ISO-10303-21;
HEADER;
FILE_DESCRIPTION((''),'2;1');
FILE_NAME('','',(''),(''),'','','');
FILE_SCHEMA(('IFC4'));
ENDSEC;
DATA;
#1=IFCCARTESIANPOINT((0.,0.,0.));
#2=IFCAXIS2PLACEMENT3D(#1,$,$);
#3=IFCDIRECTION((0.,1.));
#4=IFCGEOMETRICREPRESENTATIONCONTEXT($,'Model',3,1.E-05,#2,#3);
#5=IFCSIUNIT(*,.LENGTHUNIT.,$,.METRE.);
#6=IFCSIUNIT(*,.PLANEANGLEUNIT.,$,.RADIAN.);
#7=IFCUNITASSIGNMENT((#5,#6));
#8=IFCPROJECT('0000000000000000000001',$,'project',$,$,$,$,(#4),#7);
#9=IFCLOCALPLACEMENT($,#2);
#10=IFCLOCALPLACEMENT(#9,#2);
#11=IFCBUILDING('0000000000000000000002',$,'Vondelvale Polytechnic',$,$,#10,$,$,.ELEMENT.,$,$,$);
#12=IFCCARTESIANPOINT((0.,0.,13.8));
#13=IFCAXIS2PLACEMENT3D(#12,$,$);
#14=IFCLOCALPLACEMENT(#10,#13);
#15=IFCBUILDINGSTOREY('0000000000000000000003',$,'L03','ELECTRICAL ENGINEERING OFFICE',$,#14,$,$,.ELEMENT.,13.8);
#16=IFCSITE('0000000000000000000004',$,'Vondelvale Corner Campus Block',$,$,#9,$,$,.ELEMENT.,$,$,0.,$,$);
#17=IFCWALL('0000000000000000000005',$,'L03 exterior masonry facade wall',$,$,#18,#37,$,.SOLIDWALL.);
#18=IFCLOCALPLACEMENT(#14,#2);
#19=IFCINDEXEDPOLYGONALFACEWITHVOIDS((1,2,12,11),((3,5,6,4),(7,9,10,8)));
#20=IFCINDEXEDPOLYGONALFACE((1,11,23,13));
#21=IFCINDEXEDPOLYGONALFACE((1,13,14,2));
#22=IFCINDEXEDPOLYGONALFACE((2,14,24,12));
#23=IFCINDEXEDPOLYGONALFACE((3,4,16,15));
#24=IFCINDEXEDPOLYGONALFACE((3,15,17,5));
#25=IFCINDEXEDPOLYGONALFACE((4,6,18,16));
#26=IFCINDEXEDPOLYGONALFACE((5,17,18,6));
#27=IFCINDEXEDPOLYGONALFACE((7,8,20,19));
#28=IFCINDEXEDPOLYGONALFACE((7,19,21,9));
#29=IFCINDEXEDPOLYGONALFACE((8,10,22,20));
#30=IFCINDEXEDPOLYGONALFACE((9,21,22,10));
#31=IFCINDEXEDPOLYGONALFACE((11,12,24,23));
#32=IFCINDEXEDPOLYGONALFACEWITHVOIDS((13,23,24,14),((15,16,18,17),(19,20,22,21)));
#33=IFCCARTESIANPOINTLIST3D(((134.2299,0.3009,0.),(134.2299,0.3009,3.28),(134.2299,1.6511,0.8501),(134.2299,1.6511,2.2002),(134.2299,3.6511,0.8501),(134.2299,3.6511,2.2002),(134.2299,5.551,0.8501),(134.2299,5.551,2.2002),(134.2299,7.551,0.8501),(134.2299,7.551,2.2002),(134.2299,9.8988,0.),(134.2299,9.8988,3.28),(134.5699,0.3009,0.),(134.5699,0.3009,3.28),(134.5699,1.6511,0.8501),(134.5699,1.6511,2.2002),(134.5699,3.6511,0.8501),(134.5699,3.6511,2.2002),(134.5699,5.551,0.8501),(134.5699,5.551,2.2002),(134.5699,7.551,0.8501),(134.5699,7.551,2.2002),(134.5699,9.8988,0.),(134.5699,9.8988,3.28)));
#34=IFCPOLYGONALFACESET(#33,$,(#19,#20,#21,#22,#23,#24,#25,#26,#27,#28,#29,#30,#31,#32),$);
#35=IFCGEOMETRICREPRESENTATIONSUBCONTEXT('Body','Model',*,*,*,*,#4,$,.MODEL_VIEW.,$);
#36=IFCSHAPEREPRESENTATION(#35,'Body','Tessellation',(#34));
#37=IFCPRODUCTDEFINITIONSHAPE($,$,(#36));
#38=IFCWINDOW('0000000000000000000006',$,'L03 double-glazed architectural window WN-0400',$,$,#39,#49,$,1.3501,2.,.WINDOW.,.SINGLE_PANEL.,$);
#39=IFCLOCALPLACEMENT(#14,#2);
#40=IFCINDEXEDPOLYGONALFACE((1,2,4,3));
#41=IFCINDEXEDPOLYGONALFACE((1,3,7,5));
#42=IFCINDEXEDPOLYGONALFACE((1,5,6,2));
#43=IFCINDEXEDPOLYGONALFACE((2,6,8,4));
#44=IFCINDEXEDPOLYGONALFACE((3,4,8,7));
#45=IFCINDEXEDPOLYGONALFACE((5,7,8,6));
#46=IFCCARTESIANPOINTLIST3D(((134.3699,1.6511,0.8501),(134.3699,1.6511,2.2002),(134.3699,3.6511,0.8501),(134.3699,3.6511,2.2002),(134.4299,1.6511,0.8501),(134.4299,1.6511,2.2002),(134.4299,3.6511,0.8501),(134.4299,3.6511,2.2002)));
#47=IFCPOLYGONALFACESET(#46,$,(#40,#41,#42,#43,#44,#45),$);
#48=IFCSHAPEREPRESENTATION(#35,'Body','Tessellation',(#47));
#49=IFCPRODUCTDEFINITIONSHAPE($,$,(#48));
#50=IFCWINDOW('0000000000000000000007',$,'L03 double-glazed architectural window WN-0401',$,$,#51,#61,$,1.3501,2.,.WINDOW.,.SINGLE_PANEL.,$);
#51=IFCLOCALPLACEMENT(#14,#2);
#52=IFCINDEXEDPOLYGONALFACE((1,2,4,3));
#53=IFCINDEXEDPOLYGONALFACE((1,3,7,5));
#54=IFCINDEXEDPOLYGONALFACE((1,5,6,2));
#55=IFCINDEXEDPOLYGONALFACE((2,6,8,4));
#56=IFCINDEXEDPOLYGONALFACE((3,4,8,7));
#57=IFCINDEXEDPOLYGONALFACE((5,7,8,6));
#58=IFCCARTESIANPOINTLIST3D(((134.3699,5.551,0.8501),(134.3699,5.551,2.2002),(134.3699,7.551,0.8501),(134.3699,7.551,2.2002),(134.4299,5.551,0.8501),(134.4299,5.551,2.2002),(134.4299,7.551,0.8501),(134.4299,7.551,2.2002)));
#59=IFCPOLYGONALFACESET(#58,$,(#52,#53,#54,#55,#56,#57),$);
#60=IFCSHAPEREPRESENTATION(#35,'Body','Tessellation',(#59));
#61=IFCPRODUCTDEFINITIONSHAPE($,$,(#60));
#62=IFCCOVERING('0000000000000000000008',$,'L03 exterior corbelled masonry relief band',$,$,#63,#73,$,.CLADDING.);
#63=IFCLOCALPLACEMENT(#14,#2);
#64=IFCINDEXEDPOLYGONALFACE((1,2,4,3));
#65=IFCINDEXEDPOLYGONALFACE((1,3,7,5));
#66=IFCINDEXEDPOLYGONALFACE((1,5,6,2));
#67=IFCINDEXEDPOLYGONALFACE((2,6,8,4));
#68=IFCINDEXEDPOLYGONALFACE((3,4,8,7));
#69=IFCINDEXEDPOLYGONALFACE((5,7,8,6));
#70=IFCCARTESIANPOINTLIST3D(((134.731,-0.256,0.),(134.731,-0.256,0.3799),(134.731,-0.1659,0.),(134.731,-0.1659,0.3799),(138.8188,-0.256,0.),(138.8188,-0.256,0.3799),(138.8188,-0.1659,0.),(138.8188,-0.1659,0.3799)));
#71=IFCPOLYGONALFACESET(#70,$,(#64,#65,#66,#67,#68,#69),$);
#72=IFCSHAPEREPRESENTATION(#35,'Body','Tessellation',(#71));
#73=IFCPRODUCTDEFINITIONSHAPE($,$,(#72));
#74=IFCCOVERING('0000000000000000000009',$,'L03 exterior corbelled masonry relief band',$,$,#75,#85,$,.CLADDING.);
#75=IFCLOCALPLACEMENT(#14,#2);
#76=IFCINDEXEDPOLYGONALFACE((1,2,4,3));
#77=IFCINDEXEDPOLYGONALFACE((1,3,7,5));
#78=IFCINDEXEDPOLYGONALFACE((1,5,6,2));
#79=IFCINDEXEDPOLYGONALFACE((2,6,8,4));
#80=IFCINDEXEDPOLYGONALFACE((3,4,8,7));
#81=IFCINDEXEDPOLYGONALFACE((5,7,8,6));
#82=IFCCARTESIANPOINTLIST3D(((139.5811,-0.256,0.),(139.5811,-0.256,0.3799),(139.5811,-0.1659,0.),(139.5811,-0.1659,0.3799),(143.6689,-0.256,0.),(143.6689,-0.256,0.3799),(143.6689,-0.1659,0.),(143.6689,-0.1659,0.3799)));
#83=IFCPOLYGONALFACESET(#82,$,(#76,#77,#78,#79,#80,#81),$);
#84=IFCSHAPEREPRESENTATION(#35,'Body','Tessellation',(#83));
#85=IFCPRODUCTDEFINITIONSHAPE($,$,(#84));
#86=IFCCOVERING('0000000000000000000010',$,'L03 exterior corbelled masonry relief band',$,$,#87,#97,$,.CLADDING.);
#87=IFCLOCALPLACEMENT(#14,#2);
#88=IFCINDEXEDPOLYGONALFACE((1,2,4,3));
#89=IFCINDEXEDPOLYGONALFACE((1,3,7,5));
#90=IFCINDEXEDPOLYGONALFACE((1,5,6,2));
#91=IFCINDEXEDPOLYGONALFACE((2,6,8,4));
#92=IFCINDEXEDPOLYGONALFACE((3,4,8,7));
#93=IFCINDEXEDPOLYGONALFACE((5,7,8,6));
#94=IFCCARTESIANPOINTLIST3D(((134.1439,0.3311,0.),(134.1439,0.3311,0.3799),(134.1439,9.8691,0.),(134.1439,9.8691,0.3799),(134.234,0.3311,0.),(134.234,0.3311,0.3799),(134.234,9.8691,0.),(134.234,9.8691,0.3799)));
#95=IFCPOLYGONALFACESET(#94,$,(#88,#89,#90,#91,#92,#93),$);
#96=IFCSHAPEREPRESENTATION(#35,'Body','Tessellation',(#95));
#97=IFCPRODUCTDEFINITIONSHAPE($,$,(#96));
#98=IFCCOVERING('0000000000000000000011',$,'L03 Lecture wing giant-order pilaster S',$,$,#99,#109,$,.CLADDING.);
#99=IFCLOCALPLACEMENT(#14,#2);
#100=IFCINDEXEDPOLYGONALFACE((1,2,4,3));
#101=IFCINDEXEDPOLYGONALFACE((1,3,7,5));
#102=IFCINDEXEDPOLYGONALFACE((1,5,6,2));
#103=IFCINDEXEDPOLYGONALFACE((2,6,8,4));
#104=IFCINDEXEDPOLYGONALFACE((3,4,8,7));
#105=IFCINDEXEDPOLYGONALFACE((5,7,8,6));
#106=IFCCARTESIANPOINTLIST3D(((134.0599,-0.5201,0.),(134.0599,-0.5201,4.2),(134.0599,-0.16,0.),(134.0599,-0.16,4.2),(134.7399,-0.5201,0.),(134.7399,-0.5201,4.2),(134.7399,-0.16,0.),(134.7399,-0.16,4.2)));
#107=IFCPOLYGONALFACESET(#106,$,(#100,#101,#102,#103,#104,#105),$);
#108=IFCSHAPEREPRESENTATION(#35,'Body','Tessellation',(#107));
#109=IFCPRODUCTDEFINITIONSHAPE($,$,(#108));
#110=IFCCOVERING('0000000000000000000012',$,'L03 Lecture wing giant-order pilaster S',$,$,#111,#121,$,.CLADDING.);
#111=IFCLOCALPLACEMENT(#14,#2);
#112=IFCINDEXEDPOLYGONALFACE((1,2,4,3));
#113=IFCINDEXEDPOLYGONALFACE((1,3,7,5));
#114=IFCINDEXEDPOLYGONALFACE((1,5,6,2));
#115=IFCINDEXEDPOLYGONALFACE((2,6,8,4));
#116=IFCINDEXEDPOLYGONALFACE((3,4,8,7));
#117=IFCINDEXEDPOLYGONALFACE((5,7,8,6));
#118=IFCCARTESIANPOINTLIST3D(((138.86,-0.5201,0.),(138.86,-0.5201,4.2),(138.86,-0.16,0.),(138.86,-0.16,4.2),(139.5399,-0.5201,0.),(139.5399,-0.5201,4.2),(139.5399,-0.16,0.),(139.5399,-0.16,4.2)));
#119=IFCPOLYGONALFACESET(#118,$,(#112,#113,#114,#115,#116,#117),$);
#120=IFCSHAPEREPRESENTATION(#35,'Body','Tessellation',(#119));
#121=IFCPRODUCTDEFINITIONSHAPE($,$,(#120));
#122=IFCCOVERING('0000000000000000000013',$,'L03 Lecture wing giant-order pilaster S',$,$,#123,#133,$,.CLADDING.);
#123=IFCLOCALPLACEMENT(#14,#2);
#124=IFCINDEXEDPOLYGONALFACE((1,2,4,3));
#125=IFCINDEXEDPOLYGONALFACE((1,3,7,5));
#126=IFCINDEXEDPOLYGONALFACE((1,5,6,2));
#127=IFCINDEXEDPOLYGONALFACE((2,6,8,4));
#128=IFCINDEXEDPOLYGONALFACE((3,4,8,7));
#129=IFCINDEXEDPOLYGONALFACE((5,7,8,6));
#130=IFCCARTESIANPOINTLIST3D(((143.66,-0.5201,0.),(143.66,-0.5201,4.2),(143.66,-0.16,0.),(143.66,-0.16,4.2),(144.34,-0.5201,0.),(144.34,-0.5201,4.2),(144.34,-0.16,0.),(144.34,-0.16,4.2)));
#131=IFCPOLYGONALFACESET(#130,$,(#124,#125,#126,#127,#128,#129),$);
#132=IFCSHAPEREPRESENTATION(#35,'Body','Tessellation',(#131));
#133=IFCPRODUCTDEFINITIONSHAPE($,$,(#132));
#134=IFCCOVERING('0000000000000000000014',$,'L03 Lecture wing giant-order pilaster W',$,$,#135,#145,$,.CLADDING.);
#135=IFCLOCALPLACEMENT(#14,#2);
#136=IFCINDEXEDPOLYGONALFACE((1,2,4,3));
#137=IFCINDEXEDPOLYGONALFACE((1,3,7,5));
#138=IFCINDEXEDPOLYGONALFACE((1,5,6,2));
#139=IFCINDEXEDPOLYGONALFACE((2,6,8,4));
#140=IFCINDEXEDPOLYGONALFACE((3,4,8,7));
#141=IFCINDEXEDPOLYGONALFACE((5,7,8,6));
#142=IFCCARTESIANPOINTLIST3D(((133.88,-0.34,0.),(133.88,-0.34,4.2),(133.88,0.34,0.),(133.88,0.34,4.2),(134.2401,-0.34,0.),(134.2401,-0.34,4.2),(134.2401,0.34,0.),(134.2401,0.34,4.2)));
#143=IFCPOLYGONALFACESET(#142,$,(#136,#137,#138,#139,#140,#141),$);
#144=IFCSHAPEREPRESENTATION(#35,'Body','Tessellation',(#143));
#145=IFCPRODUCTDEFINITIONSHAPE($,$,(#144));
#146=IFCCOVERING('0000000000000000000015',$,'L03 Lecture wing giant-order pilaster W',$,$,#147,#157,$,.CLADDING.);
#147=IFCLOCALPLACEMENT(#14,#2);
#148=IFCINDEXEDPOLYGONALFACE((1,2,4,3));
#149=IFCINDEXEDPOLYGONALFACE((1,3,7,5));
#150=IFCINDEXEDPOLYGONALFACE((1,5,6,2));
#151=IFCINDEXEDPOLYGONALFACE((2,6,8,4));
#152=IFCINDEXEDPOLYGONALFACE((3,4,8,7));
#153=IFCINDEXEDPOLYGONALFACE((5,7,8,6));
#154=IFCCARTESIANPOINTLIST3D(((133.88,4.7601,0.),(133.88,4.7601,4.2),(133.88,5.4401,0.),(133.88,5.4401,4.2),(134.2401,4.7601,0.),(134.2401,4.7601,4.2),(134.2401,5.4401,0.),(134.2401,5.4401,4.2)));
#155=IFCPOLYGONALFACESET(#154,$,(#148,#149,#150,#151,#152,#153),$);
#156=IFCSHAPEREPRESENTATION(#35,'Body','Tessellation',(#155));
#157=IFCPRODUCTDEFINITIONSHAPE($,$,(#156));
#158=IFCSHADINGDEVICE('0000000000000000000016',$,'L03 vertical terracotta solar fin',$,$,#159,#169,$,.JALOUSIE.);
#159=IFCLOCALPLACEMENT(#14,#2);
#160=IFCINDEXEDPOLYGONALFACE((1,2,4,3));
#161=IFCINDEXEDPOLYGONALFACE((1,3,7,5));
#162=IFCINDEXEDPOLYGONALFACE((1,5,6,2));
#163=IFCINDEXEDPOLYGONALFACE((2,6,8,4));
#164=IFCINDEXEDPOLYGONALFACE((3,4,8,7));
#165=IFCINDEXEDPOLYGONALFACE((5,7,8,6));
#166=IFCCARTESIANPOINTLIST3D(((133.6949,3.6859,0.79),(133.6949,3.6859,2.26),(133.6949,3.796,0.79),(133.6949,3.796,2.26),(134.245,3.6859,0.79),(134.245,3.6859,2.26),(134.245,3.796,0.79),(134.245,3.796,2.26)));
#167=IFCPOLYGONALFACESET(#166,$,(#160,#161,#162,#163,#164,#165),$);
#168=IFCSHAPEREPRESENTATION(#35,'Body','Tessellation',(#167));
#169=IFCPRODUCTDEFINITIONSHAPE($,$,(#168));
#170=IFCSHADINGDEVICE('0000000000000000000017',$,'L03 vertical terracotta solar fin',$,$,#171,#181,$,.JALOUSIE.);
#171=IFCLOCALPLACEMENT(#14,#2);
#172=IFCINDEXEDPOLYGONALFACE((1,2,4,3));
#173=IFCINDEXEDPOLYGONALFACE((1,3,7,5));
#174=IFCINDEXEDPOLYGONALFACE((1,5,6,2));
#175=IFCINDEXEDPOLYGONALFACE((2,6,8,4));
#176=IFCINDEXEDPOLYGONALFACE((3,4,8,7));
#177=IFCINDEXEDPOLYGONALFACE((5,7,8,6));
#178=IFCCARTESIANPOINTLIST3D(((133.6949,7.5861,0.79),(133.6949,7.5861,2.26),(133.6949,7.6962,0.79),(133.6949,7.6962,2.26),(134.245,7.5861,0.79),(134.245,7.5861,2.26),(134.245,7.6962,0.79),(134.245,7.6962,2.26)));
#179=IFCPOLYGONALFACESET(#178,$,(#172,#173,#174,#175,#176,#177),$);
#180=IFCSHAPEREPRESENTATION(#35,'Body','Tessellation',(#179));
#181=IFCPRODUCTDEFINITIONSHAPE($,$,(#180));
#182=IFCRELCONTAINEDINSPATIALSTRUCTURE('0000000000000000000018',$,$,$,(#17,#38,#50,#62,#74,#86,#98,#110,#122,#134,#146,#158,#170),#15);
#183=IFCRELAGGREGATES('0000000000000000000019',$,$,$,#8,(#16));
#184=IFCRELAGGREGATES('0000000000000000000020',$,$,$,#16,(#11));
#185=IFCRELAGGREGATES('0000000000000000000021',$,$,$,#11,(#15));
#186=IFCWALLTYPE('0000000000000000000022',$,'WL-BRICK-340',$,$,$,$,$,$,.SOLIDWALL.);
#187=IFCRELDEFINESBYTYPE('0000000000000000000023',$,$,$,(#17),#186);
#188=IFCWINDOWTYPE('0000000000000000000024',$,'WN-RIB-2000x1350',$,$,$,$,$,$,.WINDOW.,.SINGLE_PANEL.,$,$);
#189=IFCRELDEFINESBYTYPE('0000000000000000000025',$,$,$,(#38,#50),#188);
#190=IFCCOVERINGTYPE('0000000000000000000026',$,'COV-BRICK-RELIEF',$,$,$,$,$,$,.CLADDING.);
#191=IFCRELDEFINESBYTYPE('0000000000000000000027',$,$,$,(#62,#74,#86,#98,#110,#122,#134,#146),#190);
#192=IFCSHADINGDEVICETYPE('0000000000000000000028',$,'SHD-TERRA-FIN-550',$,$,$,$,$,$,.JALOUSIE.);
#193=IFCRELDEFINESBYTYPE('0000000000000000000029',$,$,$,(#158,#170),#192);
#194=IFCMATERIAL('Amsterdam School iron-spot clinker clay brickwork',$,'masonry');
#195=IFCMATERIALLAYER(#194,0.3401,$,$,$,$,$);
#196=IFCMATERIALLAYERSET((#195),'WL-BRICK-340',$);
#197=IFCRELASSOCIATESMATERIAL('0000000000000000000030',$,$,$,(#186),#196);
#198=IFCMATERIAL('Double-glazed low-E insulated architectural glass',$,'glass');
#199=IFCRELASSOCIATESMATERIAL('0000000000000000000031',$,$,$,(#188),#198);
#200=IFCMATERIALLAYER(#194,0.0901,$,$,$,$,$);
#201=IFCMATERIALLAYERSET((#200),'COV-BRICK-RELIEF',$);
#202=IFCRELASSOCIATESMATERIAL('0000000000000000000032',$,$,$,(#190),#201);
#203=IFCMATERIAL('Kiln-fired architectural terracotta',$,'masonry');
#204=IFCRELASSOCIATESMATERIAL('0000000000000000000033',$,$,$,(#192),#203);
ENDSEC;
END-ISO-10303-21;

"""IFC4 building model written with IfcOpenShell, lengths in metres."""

from ifc_helpers import new_model, si_unit, direction, frame, frame_2d, origin, origin_2d, place, context, subcontext, project, spatial, rectangle, extrude, material, layer, layer_set, type_object, element, fill, save


model = new_model("IFC4")

# Units and contexts
model_context = context("Model", 3, precision=1e-05, world=origin(), true_north=direction((0.0, 1.0)))
body_context = subcontext(model_context, "Body", "Model", "MODEL_VIEW")
ifc_project = project(units=[si_unit("LENGTHUNIT", "METRE"), si_unit("PLANEANGLEUNIT", "RADIAN")], contexts=[model_context])

# Site, building, storey
site_placement = place(None, origin())
site = spatial("IfcSite", under=ifc_project, at=site_placement, Name="Vondelvale Corner Campus Block", CompositionType="ELEMENT", RefElevation=0.0)
building_placement = place(site_placement, origin())
building = spatial("IfcBuilding", under=site, at=building_placement, Name="Vondelvale Polytechnic", CompositionType="ELEMENT")
storey_placement = place(building_placement, frame((0.0, 0.0, 13.8)))
storey = spatial("IfcBuildingStorey", under=building, at=storey_placement, Name="L03", Description="ELECTRICAL ENGINEERING OFFICE", CompositionType="ELEMENT", Elevation=13.8)

# Shared definitions
ifc_material_1 = material(Name="Amsterdam School iron-spot clinker clay brickwork", Category="masonry")
ifc_layer_1 = layer(ifc_material_1, 0.3401)
ifc_layer_set_1 = layer_set([ifc_layer_1], Name="WL-BRICK-340")
wall_type = type_object("IfcWallType", Name="WL-BRICK-340", PredefinedType="SOLIDWALL", material=ifc_layer_set_1)
ifc_material_2 = material(Name="Double-glazed low-E insulated architectural glass", Category="glass")

# Wall, openings, windows
wall_1_placement = place(storey_placement, frame((134.3999, 0.301, 0.0), z_axis=(0.0, 0.0, 1.0), x_axis=(0.0, 1.0, 0.0)))
wall_1 = element("IfcWall", 1, at=wall_1_placement, inside=storey, type_object=wall_type, Name="L03 exterior masonry facade wall", PredefinedType="SOLIDWALL", context=body_context, shape_type="SweptSolid", body=[
    extrude(rectangle(XDim=9.5979, YDim=0.3401, at=frame_2d((4.7988, 0.0))), origin(), (0.0, 0.0, 1.0), 3.28),
])
opening_1_placement = place(wall_1_placement, frame((1.3501, 0.0, 0.8501)))
opening_1 = element("IfcOpeningElement", 2, at=opening_1_placement, cuts=wall_1, PredefinedType="OPENING", context=body_context, shape_type="SweptSolid", body=[
    extrude(rectangle(XDim=2.0, YDim=1.3501, at=frame_2d((1.0, 0.675))), frame((0.0, 0.1799, 0.0), z_axis=(0.0, -1.0, 0.0), x_axis=(1.0, 0.0, 0.0)), (0.0, 0.0, 1.0), 0.3601),
])
opening_2_placement = place(wall_1_placement, frame((5.25, 0.0, 0.8501)))
opening_2 = element("IfcOpeningElement", 3, at=opening_2_placement, cuts=wall_1, PredefinedType="OPENING", context=body_context, shape_type="SweptSolid", body=[
    extrude(rectangle(XDim=2.0, YDim=1.3501, at=frame_2d((1.0, 0.675))), frame((0.0, 0.1799, 0.0), z_axis=(0.0, -1.0, 0.0), x_axis=(1.0, 0.0, 0.0)), (0.0, 0.0, 1.0), 0.3601),
])
window_type_1 = type_object("IfcWindowType", Name="WN-RIB-2000x1350", PartitioningType="SINGLE_PANEL", PredefinedType="WINDOW", material=ifc_material_2)
window_1_placement = place(opening_1_placement, origin())
window_1 = element("IfcWindow", 4, at=window_1_placement, inside=storey, type_object=window_type_1, Name="L03 double-glazed architectural window WN-0400", OverallHeight=1.3501, OverallWidth=2.0, PartitioningType="SINGLE_PANEL", PredefinedType="WINDOW", context=body_context, shape_type="SweptSolid", body=[
    extrude(rectangle(XDim=2.0, YDim=1.3501, at=frame_2d((1.0, 0.675))), frame((0.0, 0.03, 0.0), z_axis=(0.0, -1.0, 0.0), x_axis=(1.0, 0.0, 0.0)), (0.0, 0.0, 1.0), 0.0601),
])
fill(opening_1, window_1)
window_2_placement = place(opening_2_placement, origin())
window_2 = element("IfcWindow", 5, at=window_2_placement, inside=storey, type_object=window_type_1, Name="L03 double-glazed architectural window WN-0401", OverallHeight=1.3501, OverallWidth=2.0, PartitioningType="SINGLE_PANEL", PredefinedType="WINDOW", context=body_context, shape_type="SweptSolid", body=[
    extrude(rectangle(XDim=2.0, YDim=1.3501, at=frame_2d((1.0, 0.675))), frame((0.0, 0.03, 0.0), z_axis=(0.0, -1.0, 0.0), x_axis=(1.0, 0.0, 0.0)), (0.0, 0.0, 1.0), 0.0601),
])
fill(opening_2, window_2)

# Coverings
ifc_layer_2 = layer(ifc_material_1, 0.0901)
ifc_layer_set_2 = layer_set([ifc_layer_2], Name="COV-BRICK-RELIEF")
covering_type = type_object("IfcCoveringType", Name="COV-BRICK-RELIEF", PredefinedType="CLADDING", material=ifc_layer_set_2)
for number, where, z_axis, x_axis, name in (
    (6, (136.7749, -0.2109, 0.0), (0.0, 0.0, 1.0), (-1.0, 0.0, 0.0), "L03 exterior corbelled masonry relief band"),
    (7, (141.625, -0.2109, 0.0), (0.0, 0.0, 1.0), (-1.0, 0.0, 0.0), "L03 exterior corbelled masonry relief band"),
):
    element("IfcCovering", number, at=place(storey_placement, frame(where, z_axis=z_axis, x_axis=x_axis)), inside=storey, type_object=covering_type, Name=name, PredefinedType="CLADDING", context=body_context, shape_type="SweptSolid", body=[
        extrude(rectangle(XDim=4.0879, YDim=0.0901, at=origin_2d()), origin(), (0.0, 0.0, 1.0), 0.3799),
    ])
covering_placement = place(storey_placement, frame((134.189, 5.1001, 0.0), z_axis=(0.0, 0.0, 1.0), x_axis=(0.0, 1.0, 0.0)))
element("IfcCovering", 8, at=covering_placement, inside=storey, type_object=covering_type, Name="L03 exterior corbelled masonry relief band", PredefinedType="CLADDING", context=body_context, shape_type="SweptSolid", body=[
    extrude(rectangle(XDim=9.5381, YDim=0.0901, at=origin_2d()), origin(), (0.0, 0.0, 1.0), 0.3799),
])
for number, where, z_axis, x_axis, name in (
    (9, (134.3999, -0.3401, 0.0), (0.0, 0.0, 1.0), (1.0, 0.0, 0.0), "L03 Lecture wing giant-order pilaster S"),
    (10, (139.2, -0.3401, 0.0), (0.0, 0.0, 1.0), (1.0, 0.0, 0.0), "L03 Lecture wing giant-order pilaster S"),
    (11, (144.0, -0.3401, 0.0), (0.0, 0.0, 1.0), (1.0, 0.0, 0.0), "L03 Lecture wing giant-order pilaster S"),
):
    element("IfcCovering", number, at=place(storey_placement, frame(where, z_axis=z_axis, x_axis=x_axis)), inside=storey, type_object=covering_type, Name=name, PredefinedType="CLADDING", context=body_context, shape_type="SweptSolid", body=[
        extrude(rectangle(XDim=0.6799, YDim=0.3601, at=origin_2d()), origin(), (0.0, 0.0, 1.0), 4.2),
    ])
for number, where, z_axis, x_axis, name in (
    (12, (134.0601, 0.0, 0.0), (0.0, 0.0, 1.0), (1.0, 0.0, 0.0), "L03 Lecture wing giant-order pilaster W"),
    (13, (134.0601, 5.1001, 0.0), (0.0, 0.0, 1.0), (1.0, 0.0, 0.0), "L03 Lecture wing giant-order pilaster W"),
):
    element("IfcCovering", number, at=place(storey_placement, frame(where, z_axis=z_axis, x_axis=x_axis)), inside=storey, type_object=covering_type, Name=name, PredefinedType="CLADDING", context=body_context, shape_type="SweptSolid", body=[
        extrude(rectangle(XDim=0.3601, YDim=0.6799, at=origin_2d()), origin(), (0.0, 0.0, 1.0), 4.2),
    ])

# Shading devices
ifc_material_3 = material(Name="Kiln-fired architectural terracotta", Category="masonry")
shading_device_type = type_object("IfcShadingDeviceType", Name="SHD-TERRA-FIN-550", PredefinedType="JALOUSIE", material=ifc_material_3)
for number, where, z_axis, x_axis, name in (
    (14, (133.97, 3.741, 0.79), (0.0, 0.0, 1.0), (0.0, 1.0, 0.0), "L03 vertical terracotta solar fin"),
    (15, (133.97, 7.6411, 0.79), (0.0, 0.0, 1.0), (0.0, 1.0, 0.0), "L03 vertical terracotta solar fin"),
):
    element("IfcShadingDevice", number, at=place(storey_placement, frame(where, z_axis=z_axis, x_axis=x_axis)), inside=storey, type_object=shading_device_type, Name=name, PredefinedType="JALOUSIE", context=body_context, shape_type="SweptSolid", body=[
        extrude(rectangle(XDim=0.1101, YDim=0.55, at=origin_2d()), origin(), (0.0, 0.0, 1.0), 1.47),
    ])

save(model, "model.ifc")
